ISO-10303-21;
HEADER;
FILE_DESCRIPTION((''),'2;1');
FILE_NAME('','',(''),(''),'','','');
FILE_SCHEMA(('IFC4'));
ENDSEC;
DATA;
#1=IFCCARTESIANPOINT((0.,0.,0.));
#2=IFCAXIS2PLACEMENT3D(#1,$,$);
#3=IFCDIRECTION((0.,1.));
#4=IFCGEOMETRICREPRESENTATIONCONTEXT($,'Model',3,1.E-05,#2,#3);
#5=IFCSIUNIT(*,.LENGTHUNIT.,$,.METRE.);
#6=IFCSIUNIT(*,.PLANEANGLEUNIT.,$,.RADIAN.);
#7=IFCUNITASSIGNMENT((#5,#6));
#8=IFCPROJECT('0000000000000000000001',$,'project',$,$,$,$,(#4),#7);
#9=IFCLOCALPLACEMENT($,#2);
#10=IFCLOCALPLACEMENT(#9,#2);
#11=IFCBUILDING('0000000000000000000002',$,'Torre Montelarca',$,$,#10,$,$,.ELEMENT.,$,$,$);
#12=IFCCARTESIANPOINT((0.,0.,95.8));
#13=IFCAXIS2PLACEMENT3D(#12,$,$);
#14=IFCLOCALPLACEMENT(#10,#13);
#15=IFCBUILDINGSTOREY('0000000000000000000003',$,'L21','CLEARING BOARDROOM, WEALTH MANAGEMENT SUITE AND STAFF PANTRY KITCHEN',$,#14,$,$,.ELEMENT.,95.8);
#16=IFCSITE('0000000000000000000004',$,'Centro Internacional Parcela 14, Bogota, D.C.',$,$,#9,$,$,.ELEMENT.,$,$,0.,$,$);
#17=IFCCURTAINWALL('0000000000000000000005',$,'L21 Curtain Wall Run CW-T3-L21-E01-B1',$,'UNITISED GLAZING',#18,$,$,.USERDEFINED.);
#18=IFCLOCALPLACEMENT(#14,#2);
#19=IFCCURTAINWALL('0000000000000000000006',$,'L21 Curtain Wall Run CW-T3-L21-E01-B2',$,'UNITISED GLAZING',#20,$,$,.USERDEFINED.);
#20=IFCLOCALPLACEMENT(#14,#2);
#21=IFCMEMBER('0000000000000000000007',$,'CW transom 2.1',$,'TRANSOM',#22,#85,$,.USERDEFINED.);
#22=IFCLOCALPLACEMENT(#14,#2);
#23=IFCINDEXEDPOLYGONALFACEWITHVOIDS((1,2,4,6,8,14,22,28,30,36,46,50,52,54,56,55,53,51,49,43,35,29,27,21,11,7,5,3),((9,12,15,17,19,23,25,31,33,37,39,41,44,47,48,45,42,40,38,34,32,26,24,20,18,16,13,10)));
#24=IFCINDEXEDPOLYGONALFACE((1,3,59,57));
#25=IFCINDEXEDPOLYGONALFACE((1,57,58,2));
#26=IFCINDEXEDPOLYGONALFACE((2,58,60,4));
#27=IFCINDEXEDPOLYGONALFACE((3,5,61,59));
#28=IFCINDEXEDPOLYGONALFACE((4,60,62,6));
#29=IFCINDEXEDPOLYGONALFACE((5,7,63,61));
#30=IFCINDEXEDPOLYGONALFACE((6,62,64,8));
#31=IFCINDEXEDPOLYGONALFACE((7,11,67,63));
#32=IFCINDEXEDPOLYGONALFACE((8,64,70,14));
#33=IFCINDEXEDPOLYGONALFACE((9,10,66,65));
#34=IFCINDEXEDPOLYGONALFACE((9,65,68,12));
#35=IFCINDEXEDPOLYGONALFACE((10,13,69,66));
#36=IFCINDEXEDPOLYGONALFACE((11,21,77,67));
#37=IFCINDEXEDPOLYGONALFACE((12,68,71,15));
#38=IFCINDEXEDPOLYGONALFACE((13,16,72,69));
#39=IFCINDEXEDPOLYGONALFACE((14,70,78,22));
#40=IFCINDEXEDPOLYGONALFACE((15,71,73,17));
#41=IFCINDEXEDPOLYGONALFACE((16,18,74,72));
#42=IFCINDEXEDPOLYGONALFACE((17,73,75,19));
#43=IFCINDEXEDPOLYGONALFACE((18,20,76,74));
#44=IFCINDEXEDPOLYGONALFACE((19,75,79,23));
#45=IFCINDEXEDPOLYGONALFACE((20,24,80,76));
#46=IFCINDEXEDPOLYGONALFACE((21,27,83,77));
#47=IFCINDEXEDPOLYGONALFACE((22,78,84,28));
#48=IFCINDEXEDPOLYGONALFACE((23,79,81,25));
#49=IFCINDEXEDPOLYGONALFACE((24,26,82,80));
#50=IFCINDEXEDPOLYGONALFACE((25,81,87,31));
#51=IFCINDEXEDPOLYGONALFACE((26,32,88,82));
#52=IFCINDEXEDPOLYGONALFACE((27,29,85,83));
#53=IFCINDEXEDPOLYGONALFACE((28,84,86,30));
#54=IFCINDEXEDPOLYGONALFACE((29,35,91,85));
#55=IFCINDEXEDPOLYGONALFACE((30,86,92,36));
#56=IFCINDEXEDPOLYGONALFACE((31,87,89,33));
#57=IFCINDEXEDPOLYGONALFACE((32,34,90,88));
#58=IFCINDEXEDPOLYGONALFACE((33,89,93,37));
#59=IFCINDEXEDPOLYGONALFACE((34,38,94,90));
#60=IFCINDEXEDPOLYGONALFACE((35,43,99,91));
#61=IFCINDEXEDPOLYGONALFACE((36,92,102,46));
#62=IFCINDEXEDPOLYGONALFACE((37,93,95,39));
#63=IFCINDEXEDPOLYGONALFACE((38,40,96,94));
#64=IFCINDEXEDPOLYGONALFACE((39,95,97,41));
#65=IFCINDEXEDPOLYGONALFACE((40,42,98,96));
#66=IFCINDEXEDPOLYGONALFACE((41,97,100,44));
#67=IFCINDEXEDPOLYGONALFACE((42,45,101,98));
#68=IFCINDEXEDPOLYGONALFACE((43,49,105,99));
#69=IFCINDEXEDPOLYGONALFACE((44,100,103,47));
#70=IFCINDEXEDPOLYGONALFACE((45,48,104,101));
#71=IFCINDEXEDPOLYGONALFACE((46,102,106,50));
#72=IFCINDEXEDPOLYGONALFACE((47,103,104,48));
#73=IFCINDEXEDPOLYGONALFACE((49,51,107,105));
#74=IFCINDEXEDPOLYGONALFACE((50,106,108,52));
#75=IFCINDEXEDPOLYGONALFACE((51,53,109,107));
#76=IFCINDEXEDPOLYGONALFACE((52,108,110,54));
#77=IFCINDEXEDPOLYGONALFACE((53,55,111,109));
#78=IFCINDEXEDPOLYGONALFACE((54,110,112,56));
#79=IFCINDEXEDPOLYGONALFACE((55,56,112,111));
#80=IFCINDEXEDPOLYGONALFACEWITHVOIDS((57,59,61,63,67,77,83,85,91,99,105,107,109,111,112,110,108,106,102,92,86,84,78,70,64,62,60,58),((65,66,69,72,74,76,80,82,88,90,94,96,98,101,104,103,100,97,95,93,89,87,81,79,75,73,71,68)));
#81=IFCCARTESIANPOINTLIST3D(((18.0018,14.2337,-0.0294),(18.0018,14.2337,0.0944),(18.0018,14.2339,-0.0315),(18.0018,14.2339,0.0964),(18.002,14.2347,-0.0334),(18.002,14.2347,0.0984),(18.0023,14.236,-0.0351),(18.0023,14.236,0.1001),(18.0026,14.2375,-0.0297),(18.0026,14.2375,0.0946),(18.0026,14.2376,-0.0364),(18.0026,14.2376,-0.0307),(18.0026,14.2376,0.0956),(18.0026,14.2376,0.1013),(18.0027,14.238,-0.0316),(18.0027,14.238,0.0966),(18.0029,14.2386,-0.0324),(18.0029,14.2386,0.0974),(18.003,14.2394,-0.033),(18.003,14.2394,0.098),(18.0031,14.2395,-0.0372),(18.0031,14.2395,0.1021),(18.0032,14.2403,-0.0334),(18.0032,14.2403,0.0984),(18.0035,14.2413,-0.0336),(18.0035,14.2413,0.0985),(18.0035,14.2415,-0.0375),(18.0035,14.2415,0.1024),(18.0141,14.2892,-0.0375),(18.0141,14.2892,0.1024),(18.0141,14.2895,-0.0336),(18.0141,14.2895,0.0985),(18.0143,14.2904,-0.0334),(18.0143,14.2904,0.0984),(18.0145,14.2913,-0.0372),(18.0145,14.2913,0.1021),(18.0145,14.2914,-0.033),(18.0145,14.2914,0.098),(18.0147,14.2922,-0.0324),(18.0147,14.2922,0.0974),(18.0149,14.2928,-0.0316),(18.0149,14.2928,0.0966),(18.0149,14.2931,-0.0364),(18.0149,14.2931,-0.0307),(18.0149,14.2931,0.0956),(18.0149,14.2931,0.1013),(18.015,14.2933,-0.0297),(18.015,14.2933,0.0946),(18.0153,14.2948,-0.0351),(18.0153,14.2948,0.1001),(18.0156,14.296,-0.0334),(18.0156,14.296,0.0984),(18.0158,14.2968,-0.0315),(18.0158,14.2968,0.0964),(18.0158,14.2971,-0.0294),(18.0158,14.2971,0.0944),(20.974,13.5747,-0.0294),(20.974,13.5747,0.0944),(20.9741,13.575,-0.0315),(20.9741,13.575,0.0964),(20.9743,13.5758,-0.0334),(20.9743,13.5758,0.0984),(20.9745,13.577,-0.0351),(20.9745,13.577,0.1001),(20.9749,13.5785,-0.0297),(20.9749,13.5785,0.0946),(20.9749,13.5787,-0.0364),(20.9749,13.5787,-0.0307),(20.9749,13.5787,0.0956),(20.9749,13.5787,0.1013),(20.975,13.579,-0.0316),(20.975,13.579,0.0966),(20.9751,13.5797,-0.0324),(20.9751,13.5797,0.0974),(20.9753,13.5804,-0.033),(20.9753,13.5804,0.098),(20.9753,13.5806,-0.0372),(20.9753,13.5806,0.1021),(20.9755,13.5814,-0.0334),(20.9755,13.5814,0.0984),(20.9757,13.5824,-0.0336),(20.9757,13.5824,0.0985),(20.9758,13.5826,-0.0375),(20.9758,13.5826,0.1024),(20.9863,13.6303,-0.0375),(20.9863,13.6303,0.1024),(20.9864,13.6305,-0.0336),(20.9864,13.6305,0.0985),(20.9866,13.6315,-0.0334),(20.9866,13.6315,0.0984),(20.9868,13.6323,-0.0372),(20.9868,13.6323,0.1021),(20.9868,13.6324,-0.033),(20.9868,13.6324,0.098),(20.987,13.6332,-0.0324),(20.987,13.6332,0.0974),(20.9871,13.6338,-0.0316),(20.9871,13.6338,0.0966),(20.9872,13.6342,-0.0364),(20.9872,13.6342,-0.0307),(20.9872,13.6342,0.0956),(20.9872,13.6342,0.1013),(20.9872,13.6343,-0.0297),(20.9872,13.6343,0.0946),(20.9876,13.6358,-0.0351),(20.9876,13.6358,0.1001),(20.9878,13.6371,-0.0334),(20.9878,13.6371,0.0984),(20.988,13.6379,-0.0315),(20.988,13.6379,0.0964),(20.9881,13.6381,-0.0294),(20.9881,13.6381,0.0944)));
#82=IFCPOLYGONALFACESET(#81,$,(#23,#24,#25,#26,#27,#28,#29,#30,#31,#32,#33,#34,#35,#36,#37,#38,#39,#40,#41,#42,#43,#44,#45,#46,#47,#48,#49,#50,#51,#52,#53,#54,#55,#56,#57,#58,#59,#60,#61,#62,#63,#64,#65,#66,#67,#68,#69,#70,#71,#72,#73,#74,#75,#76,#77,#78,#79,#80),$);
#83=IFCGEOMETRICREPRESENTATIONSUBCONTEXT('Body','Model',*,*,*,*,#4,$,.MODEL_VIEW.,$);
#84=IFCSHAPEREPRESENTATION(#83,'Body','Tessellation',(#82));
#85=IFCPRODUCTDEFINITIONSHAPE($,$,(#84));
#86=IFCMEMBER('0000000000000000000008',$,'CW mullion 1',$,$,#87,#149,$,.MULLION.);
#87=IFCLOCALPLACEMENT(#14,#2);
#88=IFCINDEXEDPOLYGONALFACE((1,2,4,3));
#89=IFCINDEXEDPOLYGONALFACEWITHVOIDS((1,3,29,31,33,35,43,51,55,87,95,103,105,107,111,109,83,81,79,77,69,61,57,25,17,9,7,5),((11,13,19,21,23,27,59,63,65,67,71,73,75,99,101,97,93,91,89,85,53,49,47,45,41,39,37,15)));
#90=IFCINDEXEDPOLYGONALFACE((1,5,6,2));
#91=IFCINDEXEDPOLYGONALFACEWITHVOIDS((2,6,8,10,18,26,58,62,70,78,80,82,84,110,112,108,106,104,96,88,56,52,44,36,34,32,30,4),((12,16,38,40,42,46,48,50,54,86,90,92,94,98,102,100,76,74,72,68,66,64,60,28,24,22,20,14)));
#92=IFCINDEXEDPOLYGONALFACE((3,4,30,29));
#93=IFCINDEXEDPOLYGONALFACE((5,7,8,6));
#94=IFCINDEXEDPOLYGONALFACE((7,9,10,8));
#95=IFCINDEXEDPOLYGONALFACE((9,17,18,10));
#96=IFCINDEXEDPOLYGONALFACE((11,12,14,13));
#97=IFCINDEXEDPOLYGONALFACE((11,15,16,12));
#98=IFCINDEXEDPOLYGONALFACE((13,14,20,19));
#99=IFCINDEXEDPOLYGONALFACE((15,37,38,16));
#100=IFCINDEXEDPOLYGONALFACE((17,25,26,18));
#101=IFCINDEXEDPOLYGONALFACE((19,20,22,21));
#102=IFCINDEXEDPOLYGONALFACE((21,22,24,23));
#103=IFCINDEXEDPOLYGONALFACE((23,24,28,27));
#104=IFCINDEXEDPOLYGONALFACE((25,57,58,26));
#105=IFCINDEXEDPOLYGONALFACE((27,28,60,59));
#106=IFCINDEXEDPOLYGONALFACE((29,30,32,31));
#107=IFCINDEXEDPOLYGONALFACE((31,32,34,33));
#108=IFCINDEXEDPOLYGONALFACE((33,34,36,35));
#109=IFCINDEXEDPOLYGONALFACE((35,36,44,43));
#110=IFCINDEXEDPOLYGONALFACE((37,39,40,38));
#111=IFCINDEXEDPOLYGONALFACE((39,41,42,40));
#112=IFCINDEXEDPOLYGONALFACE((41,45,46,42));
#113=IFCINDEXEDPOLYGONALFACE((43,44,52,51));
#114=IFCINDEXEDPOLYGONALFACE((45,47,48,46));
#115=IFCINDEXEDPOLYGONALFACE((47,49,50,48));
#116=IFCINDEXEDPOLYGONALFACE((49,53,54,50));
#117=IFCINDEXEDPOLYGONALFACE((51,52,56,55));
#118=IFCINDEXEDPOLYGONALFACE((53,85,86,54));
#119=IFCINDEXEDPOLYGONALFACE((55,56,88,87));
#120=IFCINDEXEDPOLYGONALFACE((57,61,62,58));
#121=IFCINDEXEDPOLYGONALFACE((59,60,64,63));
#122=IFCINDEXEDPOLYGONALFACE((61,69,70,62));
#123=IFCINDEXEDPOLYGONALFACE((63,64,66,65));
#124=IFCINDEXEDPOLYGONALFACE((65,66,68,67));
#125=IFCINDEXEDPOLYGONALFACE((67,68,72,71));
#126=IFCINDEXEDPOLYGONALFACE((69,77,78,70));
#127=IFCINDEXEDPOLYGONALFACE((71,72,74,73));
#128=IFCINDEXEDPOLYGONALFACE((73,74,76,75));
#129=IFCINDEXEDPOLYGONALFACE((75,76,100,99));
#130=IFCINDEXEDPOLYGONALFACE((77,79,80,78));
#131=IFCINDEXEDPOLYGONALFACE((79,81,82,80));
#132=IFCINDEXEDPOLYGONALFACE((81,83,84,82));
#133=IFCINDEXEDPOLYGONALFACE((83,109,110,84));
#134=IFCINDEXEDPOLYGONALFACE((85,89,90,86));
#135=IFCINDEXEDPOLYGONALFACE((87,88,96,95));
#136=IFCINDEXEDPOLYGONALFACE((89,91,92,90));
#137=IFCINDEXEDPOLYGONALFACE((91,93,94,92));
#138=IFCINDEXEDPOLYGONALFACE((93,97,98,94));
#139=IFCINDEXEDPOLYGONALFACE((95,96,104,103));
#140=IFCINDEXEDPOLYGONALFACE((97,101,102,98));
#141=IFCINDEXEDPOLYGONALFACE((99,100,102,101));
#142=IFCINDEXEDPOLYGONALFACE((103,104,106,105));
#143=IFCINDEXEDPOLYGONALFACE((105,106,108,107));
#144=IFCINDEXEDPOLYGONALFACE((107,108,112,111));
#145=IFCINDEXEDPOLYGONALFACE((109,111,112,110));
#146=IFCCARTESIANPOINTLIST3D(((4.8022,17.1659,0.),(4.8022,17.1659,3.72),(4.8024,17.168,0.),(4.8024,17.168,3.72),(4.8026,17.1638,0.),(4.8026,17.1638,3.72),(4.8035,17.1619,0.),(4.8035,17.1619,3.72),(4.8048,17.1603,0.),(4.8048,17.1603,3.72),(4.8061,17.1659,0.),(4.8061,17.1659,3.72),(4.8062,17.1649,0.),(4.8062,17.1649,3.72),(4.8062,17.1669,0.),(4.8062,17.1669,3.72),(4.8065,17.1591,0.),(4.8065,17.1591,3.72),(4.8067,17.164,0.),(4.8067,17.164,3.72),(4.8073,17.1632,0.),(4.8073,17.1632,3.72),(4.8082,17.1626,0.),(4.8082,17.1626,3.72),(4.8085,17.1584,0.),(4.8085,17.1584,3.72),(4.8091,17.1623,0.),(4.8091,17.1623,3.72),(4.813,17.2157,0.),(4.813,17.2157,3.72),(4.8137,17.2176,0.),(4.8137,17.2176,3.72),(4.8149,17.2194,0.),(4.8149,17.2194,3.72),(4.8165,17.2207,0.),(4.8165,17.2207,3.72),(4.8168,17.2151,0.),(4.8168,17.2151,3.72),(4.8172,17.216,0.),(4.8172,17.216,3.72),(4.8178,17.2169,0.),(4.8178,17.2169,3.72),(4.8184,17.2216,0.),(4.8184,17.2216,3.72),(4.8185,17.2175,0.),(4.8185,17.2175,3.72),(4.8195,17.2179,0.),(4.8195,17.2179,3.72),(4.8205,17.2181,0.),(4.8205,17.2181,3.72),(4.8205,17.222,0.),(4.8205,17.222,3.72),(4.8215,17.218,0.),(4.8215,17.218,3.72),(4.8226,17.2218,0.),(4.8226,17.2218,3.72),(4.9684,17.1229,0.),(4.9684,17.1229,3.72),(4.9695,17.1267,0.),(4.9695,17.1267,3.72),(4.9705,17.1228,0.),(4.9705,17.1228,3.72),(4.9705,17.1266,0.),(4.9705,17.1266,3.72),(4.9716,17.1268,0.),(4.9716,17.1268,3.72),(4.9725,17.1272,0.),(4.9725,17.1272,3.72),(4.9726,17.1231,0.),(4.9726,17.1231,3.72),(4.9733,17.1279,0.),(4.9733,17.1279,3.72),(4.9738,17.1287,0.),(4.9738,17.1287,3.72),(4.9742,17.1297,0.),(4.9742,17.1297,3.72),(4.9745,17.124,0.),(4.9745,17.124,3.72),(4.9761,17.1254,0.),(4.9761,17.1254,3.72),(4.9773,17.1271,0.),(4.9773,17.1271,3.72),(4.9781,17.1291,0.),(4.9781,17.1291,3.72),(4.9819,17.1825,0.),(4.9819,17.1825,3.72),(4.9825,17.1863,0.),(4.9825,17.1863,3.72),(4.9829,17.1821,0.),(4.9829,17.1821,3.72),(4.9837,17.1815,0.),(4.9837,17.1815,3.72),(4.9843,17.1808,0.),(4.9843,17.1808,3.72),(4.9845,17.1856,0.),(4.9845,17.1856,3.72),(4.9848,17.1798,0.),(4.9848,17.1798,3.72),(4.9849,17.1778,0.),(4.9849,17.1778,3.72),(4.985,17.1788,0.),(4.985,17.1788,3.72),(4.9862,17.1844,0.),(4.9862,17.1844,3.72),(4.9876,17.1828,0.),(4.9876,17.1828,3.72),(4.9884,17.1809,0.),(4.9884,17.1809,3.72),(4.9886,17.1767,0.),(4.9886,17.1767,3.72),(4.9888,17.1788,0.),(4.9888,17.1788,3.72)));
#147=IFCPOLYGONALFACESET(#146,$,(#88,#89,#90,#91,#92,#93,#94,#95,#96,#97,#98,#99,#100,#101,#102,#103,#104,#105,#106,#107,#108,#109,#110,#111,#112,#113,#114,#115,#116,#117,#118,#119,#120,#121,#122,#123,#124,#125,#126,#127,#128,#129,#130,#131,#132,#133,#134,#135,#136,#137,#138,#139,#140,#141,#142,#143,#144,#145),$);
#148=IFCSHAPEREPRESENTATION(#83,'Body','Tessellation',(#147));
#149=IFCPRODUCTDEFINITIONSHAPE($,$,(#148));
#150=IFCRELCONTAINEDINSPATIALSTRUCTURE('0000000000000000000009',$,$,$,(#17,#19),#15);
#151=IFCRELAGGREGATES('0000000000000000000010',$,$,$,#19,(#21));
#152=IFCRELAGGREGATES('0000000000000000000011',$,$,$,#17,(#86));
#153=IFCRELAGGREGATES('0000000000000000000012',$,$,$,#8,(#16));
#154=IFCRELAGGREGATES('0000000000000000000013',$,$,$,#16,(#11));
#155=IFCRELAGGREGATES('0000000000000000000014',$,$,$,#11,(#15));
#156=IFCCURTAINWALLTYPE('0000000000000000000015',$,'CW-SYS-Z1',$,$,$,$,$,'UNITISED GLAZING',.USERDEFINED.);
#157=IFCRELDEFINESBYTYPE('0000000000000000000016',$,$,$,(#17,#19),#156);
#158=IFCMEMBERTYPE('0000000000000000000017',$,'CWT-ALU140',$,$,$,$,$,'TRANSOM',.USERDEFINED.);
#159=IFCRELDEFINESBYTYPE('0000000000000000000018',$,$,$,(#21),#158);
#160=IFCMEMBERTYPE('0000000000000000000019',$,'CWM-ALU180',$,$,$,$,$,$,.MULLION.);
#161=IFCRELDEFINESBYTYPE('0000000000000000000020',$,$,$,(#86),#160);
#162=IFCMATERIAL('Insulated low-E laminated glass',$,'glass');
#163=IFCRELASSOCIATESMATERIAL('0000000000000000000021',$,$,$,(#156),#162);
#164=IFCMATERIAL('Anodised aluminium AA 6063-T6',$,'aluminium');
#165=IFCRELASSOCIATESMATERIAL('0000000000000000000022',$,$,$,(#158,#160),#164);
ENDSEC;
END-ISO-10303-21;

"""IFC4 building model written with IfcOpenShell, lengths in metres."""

from ifc_helpers import new_model, si_unit, direction, frame, origin, origin_2d, place, context, subcontext, project, spatial, hollow_rectangle, extrude, source, transform, mapped, material, material_profile, profile_set, type_object, element, aggregate, save


model = new_model("IFC4")

# Units and contexts
model_context = context("Model", 3, precision=1e-05, world=origin(), true_north=direction((0.0, 1.0)))
body_context = subcontext(model_context, "Body", "Model", "MODEL_VIEW")
ifc_project = project(units=[si_unit("LENGTHUNIT", "METRE"), si_unit("PLANEANGLEUNIT", "RADIAN")], contexts=[model_context])

# Site, building, storey
site_placement = place(None, origin())
site = spatial("IfcSite", under=ifc_project, at=site_placement, Name="Centro Internacional Parcela 14, Bogota, D.C.", CompositionType="ELEMENT", RefElevation=0.0)
building_placement = place(site_placement, origin())
building = spatial("IfcBuilding", under=site, at=building_placement, Name="Torre Montelarca", CompositionType="ELEMENT")
storey_placement = place(building_placement, frame((0.0, 0.0, 95.8)))
storey = spatial("IfcBuildingStorey", under=building, at=storey_placement, Name="L21", Description="CLEARING BOARDROOM, WEALTH MANAGEMENT SUITE AND STAFF PANTRY KITCHEN", CompositionType="ELEMENT", Elevation=95.8)

# Curtain walls, member
ifc_material_1 = material(Name="Insulated low-E laminated glass", Category="glass")
curtain_wall_type = type_object("IfcCurtainWallType", Name="CW-SYS-Z1", ElementType="UNITISED GLAZING", PredefinedType="USERDEFINED", material=ifc_material_1)
curtain_wall_1_placement = place(storey_placement, origin())
curtain_wall_1 = element("IfcCurtainWall", 1, at=curtain_wall_1_placement, inside=storey, type_object=curtain_wall_type, Name="L21 Curtain Wall Run CW-T3-L21-E01-B1", ObjectType="UNITISED GLAZING", PredefinedType="USERDEFINED")
ifc_material_2 = material(Name="Anodised aluminium AA 6063-T6", Category="aluminium")
ifc_material_profile_1 = material_profile(ifc_material_2, hollow_rectangle(XDim=0.0649, YDim=0.1399, WallThickness=0.0039, InnerFilletRadius=0.0039, OuterFilletRadius=0.0081, at=origin_2d()), Name="ALU65X140X4", Category="aluminium")
ifc_profile_set_1 = profile_set([ifc_material_profile_1], Name="Anodised aluminium AA 6063-T6")
member_type_1 = type_object("IfcMemberType", Name="CWT-ALU140", ElementType="TRANSOM", PredefinedType="USERDEFINED", material=ifc_profile_set_1)
curtain_wall_2_placement = place(storey_placement, origin())
curtain_wall_2 = element("IfcCurtainWall", 2, at=curtain_wall_2_placement, inside=storey, type_object=curtain_wall_type, Name="L21 Curtain Wall Run CW-T3-L21-E01-B2", ObjectType="UNITISED GLAZING", PredefinedType="USERDEFINED")
shared_shape_1 = source(origin(), body_context, "Body", "SweptSolid", [
    extrude(hollow_rectangle(XDim=0.0649, YDim=0.1399, WallThickness=0.0039, InnerFilletRadius=0.0039, OuterFilletRadius=0.0081, at=origin_2d()), origin(), (0.0, 0.0, 1.0), 3.0444),
])
member_1_placement = place(storey_placement, frame((18.0088, 14.2654, 0.0325), z_axis=(0.976294, -0.216446, 0.0), x_axis=(0.216446, 0.976294, 0.0)))
member_1 = element("IfcMember", 3, at=member_1_placement, type_object=member_type_1, Name="CW transom 2.1", ObjectType="TRANSOM", PredefinedType="USERDEFINED", context=body_context, shape_type="MappedRepresentation", body=[
    mapped(shared_shape_1, transform((0.0, 0.0, 0.0), scale=1.0)),
])

# Member
ifc_material_profile_2 = material_profile(ifc_material_2, hollow_rectangle(XDim=0.0649, YDim=0.1799, WallThickness=0.0039, InnerFilletRadius=0.0039, OuterFilletRadius=0.0081, at=origin_2d()), Name="ALU65X180X4", Category="aluminium")
ifc_profile_set_2 = profile_set([ifc_material_profile_2], Name="Anodised aluminium AA 6063-T6")
member_type_2 = type_object("IfcMemberType", Name="CWM-ALU180", PredefinedType="MULLION", material=ifc_profile_set_2)
shared_shape_2 = source(origin(), body_context, "Body", "SweptSolid", [
    extrude(hollow_rectangle(XDim=0.0649, YDim=0.1799, WallThickness=0.0039, InnerFilletRadius=0.0039, OuterFilletRadius=0.0081, at=origin_2d()), origin(), (0.0, 0.0, 1.0), 3.72),
])
member_2_placement = place(storey_placement, frame((4.8955, 17.1724, 0.0), z_axis=(0.0, 0.0, 1.0), x_axis=(0.216446, 0.976294, 0.0)))
member_2 = element("IfcMember", 4, at=member_2_placement, type_object=member_type_2, Name="CW mullion 1", PredefinedType="MULLION", context=body_context, shape_type="MappedRepresentation", body=[
    mapped(shared_shape_2, transform((0.0, 0.0, 0.0), scale=1.0)),
])

aggregate(curtain_wall_2, [member_1])
aggregate(curtain_wall_1, [member_2])

save(model, "model.ifc")
